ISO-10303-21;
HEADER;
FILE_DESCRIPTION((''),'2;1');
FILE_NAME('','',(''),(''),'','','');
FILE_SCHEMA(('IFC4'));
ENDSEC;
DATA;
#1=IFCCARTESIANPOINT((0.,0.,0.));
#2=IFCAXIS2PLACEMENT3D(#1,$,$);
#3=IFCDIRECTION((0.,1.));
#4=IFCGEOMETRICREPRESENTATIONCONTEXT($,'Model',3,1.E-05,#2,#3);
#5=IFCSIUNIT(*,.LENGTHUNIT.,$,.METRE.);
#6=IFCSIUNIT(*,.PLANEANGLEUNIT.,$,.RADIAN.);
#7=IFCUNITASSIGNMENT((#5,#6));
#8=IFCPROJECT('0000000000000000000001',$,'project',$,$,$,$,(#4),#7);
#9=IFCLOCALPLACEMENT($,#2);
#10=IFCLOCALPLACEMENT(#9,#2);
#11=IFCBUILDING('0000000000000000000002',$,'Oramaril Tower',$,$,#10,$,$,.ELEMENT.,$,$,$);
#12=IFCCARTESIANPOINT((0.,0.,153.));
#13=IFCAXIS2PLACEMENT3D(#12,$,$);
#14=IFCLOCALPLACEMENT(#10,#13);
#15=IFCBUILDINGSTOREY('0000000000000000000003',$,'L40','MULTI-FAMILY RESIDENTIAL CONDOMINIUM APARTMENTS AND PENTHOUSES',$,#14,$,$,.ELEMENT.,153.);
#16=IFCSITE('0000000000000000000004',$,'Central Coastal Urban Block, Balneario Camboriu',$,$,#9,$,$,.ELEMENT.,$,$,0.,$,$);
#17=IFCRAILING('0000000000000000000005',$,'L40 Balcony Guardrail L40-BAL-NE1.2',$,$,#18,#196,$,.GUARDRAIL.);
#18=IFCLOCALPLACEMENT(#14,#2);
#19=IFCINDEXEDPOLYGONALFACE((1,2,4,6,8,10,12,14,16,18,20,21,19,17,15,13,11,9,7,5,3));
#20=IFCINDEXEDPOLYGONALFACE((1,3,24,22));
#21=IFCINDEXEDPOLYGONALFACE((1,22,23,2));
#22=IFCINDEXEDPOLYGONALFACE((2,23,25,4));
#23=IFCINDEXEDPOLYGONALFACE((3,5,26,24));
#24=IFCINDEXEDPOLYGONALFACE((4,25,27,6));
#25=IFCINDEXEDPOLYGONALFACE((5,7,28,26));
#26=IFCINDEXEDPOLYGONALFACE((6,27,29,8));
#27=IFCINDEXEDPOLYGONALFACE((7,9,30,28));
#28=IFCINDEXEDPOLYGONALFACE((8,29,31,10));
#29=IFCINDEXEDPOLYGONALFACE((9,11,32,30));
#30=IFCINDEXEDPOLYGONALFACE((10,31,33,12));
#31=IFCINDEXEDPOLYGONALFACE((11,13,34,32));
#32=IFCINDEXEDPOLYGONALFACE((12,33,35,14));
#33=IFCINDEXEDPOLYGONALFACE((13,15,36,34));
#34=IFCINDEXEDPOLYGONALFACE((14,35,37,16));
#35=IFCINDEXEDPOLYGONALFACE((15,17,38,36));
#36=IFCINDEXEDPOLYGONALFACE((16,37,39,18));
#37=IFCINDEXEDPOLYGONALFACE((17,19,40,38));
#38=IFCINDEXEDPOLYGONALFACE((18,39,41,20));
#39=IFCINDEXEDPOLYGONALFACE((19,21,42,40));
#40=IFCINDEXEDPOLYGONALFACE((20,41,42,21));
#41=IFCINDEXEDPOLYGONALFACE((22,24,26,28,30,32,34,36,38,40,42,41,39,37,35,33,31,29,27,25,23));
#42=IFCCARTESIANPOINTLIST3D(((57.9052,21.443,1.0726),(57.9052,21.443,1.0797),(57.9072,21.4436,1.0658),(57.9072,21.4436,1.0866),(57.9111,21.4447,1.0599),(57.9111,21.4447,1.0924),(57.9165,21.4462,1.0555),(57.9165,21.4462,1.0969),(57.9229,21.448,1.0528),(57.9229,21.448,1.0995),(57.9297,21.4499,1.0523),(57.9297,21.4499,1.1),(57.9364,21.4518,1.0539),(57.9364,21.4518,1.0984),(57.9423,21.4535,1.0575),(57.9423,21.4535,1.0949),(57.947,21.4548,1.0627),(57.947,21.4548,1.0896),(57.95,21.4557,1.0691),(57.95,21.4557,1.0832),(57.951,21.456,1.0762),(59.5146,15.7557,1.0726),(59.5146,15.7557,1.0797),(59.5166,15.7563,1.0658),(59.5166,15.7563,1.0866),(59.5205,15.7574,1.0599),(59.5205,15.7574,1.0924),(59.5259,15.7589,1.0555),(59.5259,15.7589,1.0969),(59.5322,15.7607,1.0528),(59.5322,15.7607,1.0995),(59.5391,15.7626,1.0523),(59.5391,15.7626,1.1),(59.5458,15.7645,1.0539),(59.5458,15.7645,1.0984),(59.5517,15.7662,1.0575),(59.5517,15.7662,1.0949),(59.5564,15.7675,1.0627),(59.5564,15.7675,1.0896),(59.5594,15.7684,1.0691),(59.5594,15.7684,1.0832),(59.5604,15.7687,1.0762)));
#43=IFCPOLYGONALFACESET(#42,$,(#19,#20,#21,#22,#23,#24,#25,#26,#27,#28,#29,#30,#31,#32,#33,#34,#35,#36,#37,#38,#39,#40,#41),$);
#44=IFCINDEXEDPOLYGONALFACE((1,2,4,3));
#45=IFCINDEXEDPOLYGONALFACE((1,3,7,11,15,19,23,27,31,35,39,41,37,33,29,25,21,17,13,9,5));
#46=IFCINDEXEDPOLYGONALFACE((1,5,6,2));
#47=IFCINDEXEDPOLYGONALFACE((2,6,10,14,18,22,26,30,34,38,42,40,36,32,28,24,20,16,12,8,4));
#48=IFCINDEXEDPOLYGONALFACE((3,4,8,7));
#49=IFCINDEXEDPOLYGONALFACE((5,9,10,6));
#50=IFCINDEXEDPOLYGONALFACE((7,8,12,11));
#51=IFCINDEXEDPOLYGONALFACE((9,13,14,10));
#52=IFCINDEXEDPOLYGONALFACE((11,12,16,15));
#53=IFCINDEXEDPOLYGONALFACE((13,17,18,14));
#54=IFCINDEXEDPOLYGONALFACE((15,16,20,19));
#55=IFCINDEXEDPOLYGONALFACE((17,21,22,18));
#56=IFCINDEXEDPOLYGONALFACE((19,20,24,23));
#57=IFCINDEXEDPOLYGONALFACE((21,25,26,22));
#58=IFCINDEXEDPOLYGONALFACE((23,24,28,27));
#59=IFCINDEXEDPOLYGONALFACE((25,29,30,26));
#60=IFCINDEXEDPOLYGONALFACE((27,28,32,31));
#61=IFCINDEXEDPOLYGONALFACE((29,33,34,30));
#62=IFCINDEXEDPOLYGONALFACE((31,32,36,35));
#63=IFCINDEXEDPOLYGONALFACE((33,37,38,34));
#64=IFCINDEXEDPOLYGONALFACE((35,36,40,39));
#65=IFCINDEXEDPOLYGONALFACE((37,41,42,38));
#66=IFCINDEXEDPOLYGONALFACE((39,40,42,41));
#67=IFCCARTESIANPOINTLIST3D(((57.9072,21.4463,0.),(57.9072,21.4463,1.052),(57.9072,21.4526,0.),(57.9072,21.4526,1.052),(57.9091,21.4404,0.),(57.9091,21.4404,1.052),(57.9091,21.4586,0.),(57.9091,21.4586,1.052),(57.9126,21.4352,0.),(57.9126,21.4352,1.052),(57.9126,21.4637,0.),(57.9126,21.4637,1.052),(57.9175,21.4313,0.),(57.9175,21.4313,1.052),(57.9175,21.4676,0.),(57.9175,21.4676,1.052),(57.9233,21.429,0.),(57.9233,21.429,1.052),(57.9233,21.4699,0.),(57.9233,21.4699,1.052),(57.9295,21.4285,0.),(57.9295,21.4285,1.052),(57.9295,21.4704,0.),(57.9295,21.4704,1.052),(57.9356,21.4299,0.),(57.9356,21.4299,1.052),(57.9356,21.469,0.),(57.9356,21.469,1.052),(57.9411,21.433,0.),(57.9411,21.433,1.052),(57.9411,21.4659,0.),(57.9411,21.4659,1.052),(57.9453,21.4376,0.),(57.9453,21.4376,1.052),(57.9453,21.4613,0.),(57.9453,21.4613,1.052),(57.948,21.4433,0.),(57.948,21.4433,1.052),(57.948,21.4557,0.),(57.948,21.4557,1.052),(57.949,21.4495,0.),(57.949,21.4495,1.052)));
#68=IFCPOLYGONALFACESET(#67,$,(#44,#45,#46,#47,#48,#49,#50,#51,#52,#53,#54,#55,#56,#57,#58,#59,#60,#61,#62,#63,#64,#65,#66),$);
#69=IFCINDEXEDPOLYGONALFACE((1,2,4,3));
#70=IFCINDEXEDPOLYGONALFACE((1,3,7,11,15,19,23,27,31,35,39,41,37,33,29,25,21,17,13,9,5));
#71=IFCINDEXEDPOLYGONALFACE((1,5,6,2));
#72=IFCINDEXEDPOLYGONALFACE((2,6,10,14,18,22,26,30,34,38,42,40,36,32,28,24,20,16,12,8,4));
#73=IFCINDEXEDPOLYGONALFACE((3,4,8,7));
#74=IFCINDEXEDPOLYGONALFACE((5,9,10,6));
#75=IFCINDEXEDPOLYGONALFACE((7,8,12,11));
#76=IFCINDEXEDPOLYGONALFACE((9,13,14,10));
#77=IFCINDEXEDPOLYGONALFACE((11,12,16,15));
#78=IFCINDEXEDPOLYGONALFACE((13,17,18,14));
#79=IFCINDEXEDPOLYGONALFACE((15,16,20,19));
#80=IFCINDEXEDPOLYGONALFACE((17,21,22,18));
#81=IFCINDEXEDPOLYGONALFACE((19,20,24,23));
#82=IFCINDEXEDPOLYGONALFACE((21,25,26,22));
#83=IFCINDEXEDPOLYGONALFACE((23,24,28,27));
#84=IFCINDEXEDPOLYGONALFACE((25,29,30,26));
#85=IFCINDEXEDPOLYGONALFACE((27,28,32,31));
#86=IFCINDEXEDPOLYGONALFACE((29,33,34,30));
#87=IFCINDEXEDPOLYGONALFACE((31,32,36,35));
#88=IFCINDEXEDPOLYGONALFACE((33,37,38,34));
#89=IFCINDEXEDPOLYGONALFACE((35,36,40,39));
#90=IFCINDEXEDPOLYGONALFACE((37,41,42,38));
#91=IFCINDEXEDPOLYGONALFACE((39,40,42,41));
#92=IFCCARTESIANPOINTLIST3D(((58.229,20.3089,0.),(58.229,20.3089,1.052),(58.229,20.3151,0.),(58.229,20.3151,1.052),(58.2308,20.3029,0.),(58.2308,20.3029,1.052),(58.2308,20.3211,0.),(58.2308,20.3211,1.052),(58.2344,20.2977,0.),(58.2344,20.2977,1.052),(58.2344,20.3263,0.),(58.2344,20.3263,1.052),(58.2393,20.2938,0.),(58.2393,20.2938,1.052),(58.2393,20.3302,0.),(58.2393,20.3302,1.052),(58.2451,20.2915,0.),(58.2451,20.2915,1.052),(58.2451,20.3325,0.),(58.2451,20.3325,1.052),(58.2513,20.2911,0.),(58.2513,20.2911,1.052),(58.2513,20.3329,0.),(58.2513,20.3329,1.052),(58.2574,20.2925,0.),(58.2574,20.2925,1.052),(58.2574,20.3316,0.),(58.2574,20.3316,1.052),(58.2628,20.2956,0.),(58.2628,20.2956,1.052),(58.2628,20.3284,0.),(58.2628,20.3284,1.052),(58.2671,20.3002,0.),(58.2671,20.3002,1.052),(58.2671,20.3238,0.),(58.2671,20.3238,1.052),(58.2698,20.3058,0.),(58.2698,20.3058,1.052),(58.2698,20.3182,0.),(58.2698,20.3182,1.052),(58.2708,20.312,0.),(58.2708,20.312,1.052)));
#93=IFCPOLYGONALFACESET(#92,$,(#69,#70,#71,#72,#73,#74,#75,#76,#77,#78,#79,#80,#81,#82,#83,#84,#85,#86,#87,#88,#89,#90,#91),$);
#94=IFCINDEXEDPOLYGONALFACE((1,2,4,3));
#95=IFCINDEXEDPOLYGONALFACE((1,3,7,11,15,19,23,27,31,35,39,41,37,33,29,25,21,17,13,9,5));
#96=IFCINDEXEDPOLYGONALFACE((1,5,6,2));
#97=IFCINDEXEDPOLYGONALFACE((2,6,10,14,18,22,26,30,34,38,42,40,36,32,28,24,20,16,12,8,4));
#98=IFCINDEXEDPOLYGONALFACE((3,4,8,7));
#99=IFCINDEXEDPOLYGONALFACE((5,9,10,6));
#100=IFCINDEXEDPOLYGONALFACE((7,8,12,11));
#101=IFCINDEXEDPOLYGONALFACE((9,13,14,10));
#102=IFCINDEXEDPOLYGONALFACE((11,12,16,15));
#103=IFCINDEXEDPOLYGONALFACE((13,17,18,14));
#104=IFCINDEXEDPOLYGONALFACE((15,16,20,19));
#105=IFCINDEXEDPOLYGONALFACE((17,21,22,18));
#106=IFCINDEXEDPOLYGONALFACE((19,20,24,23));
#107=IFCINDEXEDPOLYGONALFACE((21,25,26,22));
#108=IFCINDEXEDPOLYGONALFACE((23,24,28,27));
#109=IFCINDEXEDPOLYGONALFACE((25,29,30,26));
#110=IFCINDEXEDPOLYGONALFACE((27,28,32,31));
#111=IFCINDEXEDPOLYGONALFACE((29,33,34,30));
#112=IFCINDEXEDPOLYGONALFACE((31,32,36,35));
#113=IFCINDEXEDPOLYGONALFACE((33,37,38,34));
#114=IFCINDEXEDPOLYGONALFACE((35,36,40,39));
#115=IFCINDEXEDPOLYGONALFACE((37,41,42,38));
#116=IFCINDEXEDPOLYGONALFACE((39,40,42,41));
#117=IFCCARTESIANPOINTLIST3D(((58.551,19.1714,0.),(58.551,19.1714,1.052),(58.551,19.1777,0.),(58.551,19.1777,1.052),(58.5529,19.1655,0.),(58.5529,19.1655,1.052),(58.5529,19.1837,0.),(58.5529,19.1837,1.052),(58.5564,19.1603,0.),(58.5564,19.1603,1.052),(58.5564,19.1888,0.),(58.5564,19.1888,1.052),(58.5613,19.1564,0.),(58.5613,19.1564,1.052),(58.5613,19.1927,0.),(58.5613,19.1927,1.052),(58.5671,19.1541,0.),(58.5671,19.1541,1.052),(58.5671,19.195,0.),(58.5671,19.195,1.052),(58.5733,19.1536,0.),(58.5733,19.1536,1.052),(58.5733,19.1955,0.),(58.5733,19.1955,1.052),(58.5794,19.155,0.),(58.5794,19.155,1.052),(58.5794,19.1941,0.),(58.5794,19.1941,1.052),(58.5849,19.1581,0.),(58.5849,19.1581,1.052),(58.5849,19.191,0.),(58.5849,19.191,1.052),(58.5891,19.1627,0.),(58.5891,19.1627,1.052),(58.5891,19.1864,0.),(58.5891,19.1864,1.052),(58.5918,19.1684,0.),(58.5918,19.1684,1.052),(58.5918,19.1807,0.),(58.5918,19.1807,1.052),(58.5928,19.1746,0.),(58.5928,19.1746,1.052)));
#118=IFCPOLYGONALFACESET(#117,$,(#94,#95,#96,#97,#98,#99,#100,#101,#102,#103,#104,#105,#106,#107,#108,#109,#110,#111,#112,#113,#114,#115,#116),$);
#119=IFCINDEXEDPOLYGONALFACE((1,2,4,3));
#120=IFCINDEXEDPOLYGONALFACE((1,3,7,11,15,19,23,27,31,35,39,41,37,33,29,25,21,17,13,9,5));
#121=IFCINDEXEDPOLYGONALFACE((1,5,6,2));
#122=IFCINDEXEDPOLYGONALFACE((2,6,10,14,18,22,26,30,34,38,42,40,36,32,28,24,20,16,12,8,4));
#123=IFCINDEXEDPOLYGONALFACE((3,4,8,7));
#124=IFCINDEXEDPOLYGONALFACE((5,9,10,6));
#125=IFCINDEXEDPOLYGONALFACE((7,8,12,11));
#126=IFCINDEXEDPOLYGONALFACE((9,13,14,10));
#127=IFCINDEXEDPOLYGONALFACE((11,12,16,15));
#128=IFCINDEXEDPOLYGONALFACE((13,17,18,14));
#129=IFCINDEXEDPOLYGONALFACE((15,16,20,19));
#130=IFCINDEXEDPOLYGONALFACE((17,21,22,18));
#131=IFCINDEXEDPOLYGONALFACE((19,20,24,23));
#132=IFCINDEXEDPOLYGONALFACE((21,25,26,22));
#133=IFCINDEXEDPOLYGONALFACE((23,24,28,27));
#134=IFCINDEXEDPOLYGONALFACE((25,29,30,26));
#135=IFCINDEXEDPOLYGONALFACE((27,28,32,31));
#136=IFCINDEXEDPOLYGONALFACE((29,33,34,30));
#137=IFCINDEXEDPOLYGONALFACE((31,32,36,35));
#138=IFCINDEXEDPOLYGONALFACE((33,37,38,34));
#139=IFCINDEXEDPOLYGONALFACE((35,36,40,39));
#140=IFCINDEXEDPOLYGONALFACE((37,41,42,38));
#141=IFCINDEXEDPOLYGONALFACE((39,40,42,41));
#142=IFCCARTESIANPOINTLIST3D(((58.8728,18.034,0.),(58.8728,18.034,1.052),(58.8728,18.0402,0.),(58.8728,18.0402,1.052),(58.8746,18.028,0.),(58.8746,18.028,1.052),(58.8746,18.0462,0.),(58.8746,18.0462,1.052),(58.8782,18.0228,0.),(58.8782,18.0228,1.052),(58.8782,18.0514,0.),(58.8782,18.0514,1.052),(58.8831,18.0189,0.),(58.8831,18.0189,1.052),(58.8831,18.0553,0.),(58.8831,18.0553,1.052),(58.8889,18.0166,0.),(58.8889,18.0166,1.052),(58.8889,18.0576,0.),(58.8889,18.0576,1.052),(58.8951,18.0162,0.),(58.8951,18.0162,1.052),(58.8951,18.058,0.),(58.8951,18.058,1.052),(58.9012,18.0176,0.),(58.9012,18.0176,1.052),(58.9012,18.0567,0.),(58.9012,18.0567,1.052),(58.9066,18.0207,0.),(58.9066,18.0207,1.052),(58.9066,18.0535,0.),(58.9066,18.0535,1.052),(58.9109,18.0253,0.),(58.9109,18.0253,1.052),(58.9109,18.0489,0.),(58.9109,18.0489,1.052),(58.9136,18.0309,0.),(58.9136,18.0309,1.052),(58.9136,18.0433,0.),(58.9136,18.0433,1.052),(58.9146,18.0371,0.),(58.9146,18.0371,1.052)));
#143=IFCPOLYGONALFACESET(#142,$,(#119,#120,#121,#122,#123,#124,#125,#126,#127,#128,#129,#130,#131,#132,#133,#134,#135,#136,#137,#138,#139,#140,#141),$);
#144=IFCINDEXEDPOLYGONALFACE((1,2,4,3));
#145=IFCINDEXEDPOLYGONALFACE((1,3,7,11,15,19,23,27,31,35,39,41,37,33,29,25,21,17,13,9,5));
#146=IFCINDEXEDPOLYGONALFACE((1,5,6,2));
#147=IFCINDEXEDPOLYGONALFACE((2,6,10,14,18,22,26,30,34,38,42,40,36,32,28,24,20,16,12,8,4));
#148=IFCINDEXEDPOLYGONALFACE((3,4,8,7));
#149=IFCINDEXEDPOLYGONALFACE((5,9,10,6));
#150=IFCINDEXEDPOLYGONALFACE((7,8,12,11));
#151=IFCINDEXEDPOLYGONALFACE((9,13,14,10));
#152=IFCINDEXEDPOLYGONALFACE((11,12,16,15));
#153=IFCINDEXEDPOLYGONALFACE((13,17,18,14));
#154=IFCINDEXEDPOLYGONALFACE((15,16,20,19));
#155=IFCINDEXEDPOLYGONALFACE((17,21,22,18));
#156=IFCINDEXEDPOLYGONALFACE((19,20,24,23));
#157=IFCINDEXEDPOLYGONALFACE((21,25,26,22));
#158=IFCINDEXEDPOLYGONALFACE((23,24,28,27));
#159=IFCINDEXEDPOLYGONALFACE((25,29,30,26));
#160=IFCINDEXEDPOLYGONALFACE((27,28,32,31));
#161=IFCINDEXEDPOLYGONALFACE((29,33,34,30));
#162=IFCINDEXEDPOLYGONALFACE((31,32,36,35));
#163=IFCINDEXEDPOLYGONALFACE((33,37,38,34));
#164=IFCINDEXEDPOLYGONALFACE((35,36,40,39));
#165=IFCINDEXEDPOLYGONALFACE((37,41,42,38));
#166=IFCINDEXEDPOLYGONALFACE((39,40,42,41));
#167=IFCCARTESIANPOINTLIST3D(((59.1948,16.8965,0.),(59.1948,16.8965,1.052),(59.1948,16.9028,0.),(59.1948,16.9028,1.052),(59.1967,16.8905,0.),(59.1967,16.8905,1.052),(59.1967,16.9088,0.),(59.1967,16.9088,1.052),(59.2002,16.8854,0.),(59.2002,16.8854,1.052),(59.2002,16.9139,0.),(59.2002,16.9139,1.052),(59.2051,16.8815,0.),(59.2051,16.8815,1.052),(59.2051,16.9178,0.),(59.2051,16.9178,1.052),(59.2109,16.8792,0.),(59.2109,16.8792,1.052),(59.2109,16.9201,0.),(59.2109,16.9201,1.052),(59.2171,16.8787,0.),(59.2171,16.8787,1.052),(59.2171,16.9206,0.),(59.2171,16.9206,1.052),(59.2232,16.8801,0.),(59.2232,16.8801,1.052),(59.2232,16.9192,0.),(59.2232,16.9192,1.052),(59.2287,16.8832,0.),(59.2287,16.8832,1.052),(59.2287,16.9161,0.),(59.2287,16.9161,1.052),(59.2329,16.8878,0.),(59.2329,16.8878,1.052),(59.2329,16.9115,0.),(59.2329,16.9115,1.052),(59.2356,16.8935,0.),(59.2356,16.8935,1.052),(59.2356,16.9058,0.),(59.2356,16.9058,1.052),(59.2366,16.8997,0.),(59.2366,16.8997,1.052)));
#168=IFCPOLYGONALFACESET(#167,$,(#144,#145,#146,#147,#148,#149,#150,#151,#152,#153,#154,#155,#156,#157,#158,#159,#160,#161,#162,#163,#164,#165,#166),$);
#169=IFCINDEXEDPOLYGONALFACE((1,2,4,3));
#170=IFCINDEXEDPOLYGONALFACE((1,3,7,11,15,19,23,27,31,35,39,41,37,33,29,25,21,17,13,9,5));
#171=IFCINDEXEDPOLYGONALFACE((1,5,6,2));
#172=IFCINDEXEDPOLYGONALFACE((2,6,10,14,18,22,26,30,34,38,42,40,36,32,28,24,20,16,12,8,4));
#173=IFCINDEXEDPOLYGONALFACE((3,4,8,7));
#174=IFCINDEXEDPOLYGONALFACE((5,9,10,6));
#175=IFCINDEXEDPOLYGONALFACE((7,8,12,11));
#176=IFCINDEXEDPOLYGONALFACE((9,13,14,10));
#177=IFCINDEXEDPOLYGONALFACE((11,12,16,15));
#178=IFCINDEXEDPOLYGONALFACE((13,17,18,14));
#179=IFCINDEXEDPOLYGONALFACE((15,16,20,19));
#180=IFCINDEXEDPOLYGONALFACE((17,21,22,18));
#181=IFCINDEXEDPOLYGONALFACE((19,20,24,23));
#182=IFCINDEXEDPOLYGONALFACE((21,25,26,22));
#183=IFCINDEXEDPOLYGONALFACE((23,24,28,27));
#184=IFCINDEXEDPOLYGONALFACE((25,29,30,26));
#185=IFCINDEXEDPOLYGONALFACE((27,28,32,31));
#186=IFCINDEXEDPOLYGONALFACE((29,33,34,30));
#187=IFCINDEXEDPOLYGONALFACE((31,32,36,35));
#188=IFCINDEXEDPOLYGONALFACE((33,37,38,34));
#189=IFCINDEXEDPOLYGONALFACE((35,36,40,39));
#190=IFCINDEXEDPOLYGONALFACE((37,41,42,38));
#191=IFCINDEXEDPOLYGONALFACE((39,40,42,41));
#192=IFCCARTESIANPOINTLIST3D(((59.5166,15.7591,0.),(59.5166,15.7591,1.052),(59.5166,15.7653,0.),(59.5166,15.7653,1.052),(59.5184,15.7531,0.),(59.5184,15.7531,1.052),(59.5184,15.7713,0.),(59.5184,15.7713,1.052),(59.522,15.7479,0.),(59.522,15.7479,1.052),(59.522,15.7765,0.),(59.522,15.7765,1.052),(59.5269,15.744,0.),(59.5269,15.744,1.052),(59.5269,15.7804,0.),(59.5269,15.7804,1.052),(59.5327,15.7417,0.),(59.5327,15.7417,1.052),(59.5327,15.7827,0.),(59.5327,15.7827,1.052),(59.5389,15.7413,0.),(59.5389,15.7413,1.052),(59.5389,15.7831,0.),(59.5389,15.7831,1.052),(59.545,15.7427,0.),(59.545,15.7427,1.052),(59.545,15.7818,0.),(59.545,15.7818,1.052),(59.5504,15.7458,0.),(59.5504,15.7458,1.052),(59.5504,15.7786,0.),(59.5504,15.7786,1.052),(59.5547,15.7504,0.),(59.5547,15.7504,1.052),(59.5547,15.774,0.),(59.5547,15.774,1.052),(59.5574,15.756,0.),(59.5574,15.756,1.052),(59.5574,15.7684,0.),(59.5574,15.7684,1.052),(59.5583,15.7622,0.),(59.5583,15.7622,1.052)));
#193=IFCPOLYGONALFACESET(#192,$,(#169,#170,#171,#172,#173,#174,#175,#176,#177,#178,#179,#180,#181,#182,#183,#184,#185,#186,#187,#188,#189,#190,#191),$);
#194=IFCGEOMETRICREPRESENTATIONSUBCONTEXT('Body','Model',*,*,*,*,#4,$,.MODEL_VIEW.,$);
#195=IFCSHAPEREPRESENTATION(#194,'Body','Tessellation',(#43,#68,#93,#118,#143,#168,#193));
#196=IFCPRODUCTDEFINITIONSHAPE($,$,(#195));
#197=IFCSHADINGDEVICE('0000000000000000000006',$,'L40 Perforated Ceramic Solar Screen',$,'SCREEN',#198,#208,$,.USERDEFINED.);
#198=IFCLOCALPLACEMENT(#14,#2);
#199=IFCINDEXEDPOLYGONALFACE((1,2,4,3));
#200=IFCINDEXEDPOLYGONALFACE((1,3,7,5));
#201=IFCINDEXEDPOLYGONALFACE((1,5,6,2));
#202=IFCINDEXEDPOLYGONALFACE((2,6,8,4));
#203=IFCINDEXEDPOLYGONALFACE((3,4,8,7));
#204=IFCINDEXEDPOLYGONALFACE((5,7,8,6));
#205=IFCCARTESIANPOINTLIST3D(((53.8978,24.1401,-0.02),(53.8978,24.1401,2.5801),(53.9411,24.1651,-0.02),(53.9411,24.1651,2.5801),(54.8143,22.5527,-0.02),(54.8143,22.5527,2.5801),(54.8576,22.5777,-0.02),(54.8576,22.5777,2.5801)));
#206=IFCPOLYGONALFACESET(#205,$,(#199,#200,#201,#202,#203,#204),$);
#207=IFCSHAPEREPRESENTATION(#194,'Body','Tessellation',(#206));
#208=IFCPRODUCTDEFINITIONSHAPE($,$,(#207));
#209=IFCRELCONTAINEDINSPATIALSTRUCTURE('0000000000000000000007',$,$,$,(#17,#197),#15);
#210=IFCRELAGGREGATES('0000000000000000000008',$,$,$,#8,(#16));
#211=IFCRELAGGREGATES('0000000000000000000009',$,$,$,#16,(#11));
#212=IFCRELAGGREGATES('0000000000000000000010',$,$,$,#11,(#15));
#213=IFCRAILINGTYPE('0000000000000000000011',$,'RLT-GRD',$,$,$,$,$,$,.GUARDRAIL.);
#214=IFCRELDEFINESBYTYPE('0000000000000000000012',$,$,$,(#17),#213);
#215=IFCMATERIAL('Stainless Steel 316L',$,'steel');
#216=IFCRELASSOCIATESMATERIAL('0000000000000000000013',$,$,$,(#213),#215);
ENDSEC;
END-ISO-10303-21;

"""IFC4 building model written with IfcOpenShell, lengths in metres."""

from ifc_helpers import new_model, si_unit, direction, frame, origin, origin_2d, place, context, subcontext, project, spatial, rectangle, circle, extrude, material, type_object, element, save


model = new_model("IFC4")

# Units and contexts
model_context = context("Model", 3, precision=1e-05, world=origin(), true_north=direction((0.0, 1.0)))
body_context = subcontext(model_context, "Body", "Model", "MODEL_VIEW")
ifc_project = project(units=[si_unit("LENGTHUNIT", "METRE"), si_unit("PLANEANGLEUNIT", "RADIAN")], contexts=[model_context])

# Site, building, storey
site_placement = place(None, origin())
site = spatial("IfcSite", under=ifc_project, at=site_placement, Name="Central Coastal Urban Block, Balneario Camboriu", CompositionType="ELEMENT", RefElevation=0.0)
building_placement = place(site_placement, origin())
building = spatial("IfcBuilding", under=site, at=building_placement, Name="Oramaril Tower", CompositionType="ELEMENT")
storey_placement = place(building_placement, frame((0.0, 0.0, 153.0)))
storey = spatial("IfcBuildingStorey", under=building, at=storey_placement, Name="L40", Description="MULTI-FAMILY RESIDENTIAL CONDOMINIUM APARTMENTS AND PENTHOUSES", CompositionType="ELEMENT", Elevation=153.0)

# Railing
ifc_material_1 = material(Name="Stainless Steel 316L", Category="steel")
railing_type = type_object("IfcRailingType", Name="RLT-GRD", PredefinedType="GUARDRAIL", material=ifc_material_1)
railing_1_placement = place(storey_placement, frame((57.928, 21.4495, 0.0)))
element("IfcRailing", 1, at=railing_1_placement, inside=storey, type_object=railing_type, Name="L40 Balcony Guardrail L40-BAL-NE1.2", PredefinedType="GUARDRAIL", context=body_context, shape_type="SweptSolid", body=[
    extrude(circle(Radius=0.0239, at=origin_2d()), frame((0.0, 0.0, 1.0762), z_axis=(0.272287, -0.962216, 0.0), x_axis=(0.962216, 0.272287, 0.0)), (0.0, 0.0, 1.0), 5.9106),
    extrude(circle(Radius=0.021, at=origin_2d()), origin(), (0.0, 0.0, 1.0), 1.052),
    extrude(circle(Radius=0.021, at=origin_2d()), frame((0.3218, -1.1375, 0.0)), (0.0, 0.0, 1.0), 1.052),
    extrude(circle(Radius=0.021, at=origin_2d()), frame((0.6438, -2.2749, 0.0)), (0.0, 0.0, 1.0), 1.052),
    extrude(circle(Radius=0.021, at=origin_2d()), frame((0.9656, -3.4124, 0.0)), (0.0, 0.0, 1.0), 1.052),
    extrude(circle(Radius=0.021, at=origin_2d()), frame((1.2876, -4.5498, 0.0)), (0.0, 0.0, 1.0), 1.052),
    extrude(circle(Radius=0.021, at=origin_2d()), frame((1.6094, -5.6873, 0.0)), (0.0, 0.0, 1.0), 1.052),
])

# Shading device
shading_device_placement = place(storey_placement, frame((54.3777, 23.3589, -0.02), z_axis=(0.0, 0.0, 1.0), x_axis=(-0.5, 0.866025, 0.0)))
element("IfcShadingDevice", 2, at=shading_device_placement, inside=storey, Name="L40 Perforated Ceramic Solar Screen", ObjectType="SCREEN", PredefinedType="USERDEFINED", context=body_context, shape_type="SweptSolid", body=[
    extrude(rectangle(XDim=1.833, YDim=0.05, at=origin_2d()), origin(), (0.0, 0.0, 1.0), 2.6001),
])

save(model, "model.ifc")
